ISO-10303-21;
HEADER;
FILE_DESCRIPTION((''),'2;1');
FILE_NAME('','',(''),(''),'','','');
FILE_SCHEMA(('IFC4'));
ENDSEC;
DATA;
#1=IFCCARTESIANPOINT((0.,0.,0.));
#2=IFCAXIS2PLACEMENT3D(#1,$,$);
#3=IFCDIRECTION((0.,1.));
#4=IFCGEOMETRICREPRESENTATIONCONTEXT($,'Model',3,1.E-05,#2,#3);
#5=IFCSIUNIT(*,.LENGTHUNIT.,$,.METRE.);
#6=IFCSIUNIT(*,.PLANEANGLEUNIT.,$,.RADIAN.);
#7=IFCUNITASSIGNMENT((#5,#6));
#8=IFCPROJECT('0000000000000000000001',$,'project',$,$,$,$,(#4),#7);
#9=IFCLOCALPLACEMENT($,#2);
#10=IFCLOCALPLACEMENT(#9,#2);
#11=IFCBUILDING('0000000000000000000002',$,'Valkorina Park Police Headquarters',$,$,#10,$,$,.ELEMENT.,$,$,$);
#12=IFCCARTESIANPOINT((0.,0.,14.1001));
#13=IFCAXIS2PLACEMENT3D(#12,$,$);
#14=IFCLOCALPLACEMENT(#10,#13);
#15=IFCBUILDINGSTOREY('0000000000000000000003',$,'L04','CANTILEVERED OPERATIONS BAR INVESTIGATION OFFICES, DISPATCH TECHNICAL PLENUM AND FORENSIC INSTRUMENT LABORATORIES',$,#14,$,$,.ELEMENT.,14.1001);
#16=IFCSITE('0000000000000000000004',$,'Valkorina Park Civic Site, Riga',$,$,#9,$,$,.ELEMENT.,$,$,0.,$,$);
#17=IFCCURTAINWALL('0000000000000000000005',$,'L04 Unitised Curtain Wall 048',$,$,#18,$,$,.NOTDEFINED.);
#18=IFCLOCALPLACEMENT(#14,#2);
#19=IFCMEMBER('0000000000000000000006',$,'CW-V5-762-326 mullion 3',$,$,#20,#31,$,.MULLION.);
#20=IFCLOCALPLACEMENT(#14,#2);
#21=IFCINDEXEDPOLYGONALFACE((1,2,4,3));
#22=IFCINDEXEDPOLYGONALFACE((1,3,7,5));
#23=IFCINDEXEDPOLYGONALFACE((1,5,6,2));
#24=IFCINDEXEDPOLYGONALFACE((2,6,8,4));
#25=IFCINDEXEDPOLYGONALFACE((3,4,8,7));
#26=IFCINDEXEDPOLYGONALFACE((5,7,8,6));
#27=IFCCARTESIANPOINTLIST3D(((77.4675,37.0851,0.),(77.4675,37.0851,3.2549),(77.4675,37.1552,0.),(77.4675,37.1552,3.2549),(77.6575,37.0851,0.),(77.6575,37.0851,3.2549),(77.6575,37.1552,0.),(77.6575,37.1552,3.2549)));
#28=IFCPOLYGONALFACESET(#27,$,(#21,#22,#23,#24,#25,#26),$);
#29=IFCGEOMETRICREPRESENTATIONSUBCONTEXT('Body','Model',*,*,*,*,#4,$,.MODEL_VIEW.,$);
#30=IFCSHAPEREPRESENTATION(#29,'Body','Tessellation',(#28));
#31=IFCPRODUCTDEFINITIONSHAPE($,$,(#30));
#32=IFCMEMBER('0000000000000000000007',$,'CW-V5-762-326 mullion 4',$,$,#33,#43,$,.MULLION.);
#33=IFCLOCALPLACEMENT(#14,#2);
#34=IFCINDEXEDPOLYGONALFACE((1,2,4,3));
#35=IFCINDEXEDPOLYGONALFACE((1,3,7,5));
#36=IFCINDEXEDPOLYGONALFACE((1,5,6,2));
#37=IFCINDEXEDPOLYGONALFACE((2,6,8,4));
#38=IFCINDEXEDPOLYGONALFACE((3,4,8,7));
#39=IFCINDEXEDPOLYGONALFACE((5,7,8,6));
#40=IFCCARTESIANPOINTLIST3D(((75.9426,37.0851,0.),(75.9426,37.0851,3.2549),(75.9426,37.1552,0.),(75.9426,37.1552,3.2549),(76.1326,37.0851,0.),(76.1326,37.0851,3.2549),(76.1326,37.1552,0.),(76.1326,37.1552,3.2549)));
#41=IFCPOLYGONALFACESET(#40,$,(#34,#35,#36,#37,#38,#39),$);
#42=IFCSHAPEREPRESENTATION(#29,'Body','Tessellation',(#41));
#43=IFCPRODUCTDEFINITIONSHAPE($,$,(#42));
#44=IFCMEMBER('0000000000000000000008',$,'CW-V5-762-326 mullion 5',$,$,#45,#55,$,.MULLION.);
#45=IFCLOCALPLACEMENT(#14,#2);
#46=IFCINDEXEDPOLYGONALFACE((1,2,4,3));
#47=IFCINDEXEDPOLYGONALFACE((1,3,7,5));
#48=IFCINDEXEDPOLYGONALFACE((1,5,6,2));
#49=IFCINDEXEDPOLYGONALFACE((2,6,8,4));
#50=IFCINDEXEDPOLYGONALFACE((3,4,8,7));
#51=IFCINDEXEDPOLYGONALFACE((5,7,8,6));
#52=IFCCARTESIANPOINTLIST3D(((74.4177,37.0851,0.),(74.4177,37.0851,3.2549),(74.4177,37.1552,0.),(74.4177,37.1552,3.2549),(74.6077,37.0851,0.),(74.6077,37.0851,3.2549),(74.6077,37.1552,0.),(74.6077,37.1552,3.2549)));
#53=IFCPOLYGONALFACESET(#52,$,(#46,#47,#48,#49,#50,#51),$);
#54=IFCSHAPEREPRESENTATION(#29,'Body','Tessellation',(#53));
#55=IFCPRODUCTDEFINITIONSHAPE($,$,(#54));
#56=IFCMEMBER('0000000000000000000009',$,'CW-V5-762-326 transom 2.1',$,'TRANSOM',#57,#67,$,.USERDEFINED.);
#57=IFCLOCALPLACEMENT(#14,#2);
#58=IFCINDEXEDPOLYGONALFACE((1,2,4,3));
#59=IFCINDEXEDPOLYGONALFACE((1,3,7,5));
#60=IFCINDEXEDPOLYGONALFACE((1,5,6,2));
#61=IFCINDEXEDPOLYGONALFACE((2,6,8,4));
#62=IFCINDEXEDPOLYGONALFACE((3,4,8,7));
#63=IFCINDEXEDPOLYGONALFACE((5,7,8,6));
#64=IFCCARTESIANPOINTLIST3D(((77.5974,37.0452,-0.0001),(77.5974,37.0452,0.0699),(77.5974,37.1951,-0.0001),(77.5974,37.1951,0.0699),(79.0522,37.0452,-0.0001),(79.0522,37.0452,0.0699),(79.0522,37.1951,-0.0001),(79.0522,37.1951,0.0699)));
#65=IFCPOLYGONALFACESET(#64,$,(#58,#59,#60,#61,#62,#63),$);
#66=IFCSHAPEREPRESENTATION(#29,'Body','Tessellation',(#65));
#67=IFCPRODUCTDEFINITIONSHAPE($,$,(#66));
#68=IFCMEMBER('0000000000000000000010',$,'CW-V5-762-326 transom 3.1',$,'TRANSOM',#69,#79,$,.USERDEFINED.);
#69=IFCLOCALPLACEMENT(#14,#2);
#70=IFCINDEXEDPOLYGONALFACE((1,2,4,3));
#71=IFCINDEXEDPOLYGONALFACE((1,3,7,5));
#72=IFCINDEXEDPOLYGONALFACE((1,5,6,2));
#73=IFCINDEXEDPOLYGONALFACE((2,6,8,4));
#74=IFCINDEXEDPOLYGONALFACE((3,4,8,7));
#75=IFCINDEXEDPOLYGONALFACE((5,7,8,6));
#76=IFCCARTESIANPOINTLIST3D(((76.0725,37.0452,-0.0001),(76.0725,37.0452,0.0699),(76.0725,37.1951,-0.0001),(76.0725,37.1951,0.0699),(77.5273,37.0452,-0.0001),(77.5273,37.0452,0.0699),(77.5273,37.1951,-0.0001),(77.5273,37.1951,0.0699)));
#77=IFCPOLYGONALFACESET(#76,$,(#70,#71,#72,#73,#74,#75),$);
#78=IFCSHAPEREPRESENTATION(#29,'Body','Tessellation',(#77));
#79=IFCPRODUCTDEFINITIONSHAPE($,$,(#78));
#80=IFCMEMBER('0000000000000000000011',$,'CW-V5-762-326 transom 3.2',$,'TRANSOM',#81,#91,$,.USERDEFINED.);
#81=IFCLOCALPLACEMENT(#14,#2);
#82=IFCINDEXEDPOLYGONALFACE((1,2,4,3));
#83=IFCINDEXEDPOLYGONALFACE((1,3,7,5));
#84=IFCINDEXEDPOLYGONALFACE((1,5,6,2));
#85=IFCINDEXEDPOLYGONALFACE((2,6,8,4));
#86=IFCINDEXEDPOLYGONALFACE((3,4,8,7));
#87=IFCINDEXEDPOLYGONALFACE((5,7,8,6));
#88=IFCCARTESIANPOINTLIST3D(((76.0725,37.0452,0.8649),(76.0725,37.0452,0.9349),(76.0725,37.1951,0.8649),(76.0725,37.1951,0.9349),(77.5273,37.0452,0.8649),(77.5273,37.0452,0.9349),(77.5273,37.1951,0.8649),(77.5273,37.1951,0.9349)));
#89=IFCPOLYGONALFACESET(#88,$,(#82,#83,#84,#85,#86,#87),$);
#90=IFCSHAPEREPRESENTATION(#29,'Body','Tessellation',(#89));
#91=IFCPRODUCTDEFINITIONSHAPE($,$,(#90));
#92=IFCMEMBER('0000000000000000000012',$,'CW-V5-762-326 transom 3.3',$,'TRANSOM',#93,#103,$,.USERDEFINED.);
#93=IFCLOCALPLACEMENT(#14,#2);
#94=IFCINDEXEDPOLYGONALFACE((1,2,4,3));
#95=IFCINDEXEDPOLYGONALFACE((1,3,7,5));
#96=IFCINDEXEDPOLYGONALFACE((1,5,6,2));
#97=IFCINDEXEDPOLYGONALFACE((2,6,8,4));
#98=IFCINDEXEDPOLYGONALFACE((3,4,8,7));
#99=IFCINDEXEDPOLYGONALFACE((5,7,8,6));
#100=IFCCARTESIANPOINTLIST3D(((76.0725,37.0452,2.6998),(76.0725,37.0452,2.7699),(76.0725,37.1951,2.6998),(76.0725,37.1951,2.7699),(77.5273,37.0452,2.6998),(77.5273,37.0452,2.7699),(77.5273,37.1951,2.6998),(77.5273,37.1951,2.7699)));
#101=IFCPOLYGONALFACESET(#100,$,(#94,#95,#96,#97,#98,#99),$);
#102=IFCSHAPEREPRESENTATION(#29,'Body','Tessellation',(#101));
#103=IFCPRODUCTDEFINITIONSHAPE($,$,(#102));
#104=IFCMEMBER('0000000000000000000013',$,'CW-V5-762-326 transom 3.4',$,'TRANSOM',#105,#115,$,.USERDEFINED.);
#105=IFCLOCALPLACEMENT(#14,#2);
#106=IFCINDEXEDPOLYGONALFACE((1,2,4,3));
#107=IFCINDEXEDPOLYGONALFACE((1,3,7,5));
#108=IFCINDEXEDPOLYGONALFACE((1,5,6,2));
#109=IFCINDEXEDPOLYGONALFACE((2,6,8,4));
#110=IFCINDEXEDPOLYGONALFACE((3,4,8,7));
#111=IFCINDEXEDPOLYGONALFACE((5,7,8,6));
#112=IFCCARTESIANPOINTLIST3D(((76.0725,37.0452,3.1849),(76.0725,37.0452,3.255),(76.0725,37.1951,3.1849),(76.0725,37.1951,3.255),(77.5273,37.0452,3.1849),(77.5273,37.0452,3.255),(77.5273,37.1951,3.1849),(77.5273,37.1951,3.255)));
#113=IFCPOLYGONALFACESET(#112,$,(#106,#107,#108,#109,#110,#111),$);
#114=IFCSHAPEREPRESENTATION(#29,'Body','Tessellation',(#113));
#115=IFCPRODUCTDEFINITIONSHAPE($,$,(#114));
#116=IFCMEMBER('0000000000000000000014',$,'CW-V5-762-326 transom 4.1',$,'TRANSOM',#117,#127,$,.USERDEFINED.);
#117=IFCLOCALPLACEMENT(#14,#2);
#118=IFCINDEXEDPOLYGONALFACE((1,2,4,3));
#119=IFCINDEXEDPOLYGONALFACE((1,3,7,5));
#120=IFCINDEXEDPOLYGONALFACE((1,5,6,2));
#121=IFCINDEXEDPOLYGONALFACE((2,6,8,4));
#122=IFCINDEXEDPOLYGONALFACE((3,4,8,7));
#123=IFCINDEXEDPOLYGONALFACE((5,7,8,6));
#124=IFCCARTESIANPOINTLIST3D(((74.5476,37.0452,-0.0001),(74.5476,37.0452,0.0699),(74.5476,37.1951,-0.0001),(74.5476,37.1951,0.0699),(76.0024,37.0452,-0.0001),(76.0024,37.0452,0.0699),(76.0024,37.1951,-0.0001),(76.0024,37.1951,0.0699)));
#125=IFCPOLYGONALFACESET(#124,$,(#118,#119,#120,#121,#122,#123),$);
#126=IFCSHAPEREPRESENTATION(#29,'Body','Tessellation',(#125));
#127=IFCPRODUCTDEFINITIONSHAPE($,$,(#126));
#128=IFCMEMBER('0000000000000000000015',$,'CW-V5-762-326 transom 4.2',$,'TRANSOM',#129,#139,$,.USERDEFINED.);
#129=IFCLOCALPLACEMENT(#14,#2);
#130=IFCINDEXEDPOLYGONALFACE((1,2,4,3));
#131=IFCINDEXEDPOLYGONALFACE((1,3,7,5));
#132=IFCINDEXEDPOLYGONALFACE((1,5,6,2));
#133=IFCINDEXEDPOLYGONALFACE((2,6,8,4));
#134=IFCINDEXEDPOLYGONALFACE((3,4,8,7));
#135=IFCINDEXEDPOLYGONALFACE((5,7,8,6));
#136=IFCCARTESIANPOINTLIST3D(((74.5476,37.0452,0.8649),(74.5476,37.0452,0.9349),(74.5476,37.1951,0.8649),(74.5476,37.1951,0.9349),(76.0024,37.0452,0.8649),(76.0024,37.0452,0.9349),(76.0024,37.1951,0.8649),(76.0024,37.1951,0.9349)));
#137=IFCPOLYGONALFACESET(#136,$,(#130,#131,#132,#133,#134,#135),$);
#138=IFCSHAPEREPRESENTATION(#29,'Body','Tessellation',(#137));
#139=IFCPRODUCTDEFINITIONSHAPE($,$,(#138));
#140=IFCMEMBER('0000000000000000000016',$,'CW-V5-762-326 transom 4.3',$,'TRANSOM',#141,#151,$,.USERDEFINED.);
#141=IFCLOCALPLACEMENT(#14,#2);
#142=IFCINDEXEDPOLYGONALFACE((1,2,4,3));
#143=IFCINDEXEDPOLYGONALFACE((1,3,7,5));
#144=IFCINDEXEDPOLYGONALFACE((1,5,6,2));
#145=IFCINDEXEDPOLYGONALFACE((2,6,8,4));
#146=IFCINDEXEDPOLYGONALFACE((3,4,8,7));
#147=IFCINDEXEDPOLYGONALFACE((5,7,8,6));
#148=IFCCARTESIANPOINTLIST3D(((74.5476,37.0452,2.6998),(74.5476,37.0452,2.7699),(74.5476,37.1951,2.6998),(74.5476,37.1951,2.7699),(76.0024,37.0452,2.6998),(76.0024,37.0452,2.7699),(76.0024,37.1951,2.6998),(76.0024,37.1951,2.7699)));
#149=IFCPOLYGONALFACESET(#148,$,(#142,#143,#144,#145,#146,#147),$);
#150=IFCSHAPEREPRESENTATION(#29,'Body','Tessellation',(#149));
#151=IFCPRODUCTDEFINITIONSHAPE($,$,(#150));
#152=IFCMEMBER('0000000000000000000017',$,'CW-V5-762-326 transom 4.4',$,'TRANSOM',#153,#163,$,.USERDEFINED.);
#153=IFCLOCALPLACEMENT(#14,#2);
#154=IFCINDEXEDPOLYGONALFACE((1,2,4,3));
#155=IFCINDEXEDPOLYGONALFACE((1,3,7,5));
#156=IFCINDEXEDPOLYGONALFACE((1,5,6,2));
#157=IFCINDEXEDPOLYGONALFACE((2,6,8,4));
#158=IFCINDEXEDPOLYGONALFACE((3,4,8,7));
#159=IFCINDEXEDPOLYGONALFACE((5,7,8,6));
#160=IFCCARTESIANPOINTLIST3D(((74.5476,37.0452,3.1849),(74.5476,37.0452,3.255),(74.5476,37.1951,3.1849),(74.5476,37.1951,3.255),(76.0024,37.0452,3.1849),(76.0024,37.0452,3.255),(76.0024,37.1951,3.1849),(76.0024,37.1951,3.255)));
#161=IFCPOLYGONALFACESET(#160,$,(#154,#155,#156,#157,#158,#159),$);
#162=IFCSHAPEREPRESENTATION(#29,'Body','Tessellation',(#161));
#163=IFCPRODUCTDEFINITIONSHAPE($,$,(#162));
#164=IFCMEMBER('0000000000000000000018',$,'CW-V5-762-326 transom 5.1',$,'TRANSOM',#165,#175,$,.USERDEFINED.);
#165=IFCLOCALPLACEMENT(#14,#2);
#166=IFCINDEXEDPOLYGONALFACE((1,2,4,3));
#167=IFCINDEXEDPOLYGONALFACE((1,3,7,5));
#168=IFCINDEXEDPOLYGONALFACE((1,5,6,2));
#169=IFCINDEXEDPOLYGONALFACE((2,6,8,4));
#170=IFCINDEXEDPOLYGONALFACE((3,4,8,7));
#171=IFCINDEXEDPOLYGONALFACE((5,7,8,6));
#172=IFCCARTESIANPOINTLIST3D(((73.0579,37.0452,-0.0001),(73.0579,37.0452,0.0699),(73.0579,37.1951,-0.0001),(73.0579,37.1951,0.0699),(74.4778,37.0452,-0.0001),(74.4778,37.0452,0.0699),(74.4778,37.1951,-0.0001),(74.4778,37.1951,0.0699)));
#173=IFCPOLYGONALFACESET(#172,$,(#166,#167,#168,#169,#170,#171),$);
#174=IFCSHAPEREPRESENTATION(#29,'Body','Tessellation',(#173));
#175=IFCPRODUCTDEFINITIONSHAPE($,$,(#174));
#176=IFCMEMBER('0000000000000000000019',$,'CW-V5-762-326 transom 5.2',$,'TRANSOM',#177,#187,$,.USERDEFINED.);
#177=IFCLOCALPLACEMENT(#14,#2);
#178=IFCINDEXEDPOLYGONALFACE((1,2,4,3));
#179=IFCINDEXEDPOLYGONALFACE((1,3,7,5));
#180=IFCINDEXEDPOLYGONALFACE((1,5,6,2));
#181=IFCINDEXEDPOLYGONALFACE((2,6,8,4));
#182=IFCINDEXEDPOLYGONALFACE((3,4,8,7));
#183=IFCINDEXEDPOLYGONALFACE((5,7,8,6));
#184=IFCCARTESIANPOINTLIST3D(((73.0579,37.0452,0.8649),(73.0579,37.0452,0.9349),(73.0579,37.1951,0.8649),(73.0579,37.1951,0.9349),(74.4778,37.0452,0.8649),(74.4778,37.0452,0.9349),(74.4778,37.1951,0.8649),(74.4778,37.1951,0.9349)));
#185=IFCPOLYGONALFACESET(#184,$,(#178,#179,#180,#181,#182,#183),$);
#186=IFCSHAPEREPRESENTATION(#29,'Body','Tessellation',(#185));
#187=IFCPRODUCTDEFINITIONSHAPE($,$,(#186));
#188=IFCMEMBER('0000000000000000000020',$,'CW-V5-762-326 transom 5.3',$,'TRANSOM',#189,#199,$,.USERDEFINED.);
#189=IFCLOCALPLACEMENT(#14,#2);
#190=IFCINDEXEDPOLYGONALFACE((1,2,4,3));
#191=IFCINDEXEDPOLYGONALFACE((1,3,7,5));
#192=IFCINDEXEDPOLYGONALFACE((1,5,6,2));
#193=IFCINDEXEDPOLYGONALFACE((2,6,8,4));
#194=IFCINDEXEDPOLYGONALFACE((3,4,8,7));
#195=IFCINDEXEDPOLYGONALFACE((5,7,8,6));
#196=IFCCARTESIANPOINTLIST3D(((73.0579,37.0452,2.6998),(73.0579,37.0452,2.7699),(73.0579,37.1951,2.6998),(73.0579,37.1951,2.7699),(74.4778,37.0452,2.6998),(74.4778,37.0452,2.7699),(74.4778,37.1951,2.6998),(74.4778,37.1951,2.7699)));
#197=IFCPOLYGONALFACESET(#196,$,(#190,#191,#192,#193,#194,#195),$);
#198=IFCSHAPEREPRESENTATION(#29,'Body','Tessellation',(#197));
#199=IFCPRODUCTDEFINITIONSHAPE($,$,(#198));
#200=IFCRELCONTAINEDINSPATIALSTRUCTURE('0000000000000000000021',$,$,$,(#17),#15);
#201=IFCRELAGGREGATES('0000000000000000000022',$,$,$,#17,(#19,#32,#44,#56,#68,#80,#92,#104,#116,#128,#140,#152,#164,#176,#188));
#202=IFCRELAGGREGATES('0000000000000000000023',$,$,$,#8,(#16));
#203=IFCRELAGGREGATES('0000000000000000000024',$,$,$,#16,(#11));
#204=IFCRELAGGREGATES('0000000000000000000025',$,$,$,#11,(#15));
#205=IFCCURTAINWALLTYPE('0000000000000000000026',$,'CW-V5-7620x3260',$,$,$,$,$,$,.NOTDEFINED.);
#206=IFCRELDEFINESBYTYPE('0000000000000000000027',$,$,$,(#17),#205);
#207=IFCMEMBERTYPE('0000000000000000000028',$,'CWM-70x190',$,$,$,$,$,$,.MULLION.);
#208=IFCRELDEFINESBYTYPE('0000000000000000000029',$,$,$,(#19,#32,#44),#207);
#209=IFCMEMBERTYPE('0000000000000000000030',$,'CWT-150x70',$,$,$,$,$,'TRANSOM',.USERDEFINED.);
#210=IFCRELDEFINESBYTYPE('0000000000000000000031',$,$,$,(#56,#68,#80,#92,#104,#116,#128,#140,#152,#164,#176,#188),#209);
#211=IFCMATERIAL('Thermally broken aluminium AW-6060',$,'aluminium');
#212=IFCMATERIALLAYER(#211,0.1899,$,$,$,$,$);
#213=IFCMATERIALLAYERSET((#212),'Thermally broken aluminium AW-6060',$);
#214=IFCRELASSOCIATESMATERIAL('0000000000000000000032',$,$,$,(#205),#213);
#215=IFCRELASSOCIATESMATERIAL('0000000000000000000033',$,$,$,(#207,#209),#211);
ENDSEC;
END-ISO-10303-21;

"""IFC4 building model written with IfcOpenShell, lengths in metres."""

from ifc_helpers import new_model, si_unit, direction, frame, origin, origin_2d, place, context, subcontext, project, spatial, rectangle, extrude, material, layer, layer_set, material_profile, profile_set, type_object, element, aggregate, save


model = new_model("IFC4")

# Units and contexts
model_context = context("Model", 3, precision=1e-05, world=origin(), true_north=direction((0.0, 1.0)))
body_context = subcontext(model_context, "Body", "Model", "MODEL_VIEW")
ifc_project = project(units=[si_unit("LENGTHUNIT", "METRE"), si_unit("PLANEANGLEUNIT", "RADIAN")], contexts=[model_context])

# Site, building, storey
site_placement = place(None, origin())
site = spatial("IfcSite", under=ifc_project, at=site_placement, Name="Valkorina Park Civic Site, Riga", CompositionType="ELEMENT", RefElevation=0.0)
building_placement = place(site_placement, origin())
building = spatial("IfcBuilding", under=site, at=building_placement, Name="Valkorina Park Police Headquarters", CompositionType="ELEMENT")
storey_placement = place(building_placement, frame((0.0, 0.0, 14.1001)))
storey = spatial("IfcBuildingStorey", under=building, at=storey_placement, Name="L04", Description="CANTILEVERED OPERATIONS BAR INVESTIGATION OFFICES, DISPATCH TECHNICAL PLENUM AND FORENSIC INSTRUMENT LABORATORIES", CompositionType="ELEMENT", Elevation=14.1001)

# Curtain wall, members
ifc_material_1 = material(Name="Thermally broken aluminium AW-6060", Category="aluminium")
ifc_layer_1 = layer(ifc_material_1, 0.1899)
ifc_layer_set_1 = layer_set([ifc_layer_1], Name="Thermally broken aluminium AW-6060")
curtain_wall_type = type_object("IfcCurtainWallType", Name="CW-V5-7620x3260", PredefinedType="NOTDEFINED", material=ifc_layer_set_1)
curtain_wall_placement = place(storey_placement, origin())
curtain_wall = element("IfcCurtainWall", 1, at=curtain_wall_placement, inside=storey, type_object=curtain_wall_type, Name="L04 Unitised Curtain Wall 048", PredefinedType="NOTDEFINED")
ifc_material_profile_1 = material_profile(ifc_material_1, rectangle(XDim=0.0701, YDim=0.1899, at=origin_2d()), Name="CWM-02 70x190")
ifc_profile_set_1 = profile_set([ifc_material_profile_1], Name="Thermally broken aluminium AW-6060")
member_type_1 = type_object("IfcMemberType", Name="CWM-70x190", PredefinedType="MULLION", material=ifc_profile_set_1)
member_1_placement = place(storey_placement, frame((77.5625, 37.1201, 0.0), z_axis=(0.0, 0.0, 1.0), x_axis=(0.0, -1.0, 0.0)))
member_1 = element("IfcMember", 2, at=member_1_placement, type_object=member_type_1, Name="CW-V5-762-326 mullion 3", PredefinedType="MULLION", context=body_context, shape_type="SweptSolid", body=[
    extrude(rectangle(XDim=0.0701, YDim=0.1899, at=origin_2d()), origin(), (0.0, 0.0, 1.0), 3.2549),
])
member_2_placement = place(storey_placement, frame((76.0376, 37.1201, 0.0), z_axis=(0.0, 0.0, 1.0), x_axis=(0.0, -1.0, 0.0)))
member_2 = element("IfcMember", 3, at=member_2_placement, type_object=member_type_1, Name="CW-V5-762-326 mullion 4", PredefinedType="MULLION", context=body_context, shape_type="SweptSolid", body=[
    extrude(rectangle(XDim=0.0701, YDim=0.1899, at=origin_2d()), origin(), (0.0, 0.0, 1.0), 3.2549),
])
member_3_placement = place(storey_placement, frame((74.5127, 37.1201, 0.0), z_axis=(0.0, 0.0, 1.0), x_axis=(0.0, -1.0, 0.0)))
member_3 = element("IfcMember", 4, at=member_3_placement, type_object=member_type_1, Name="CW-V5-762-326 mullion 5", PredefinedType="MULLION", context=body_context, shape_type="SweptSolid", body=[
    extrude(rectangle(XDim=0.0701, YDim=0.1899, at=origin_2d()), origin(), (0.0, 0.0, 1.0), 3.2549),
])
ifc_material_profile_2 = material_profile(ifc_material_1, rectangle(XDim=0.1499, YDim=0.0701, at=origin_2d()), Name="CWT-02 150x70")
ifc_profile_set_2 = profile_set([ifc_material_profile_2], Name="Thermally broken aluminium AW-6060")
member_type_2 = type_object("IfcMemberType", Name="CWT-150x70", ElementType="TRANSOM", PredefinedType="USERDEFINED", material=ifc_profile_set_2)
member_4_placement = place(storey_placement, frame((79.0522, 37.1201, 0.0349), z_axis=(-1.0, 0.0, 0.0), x_axis=(0.0, -1.0, 0.0)))
member_4 = element("IfcMember", 5, at=member_4_placement, type_object=member_type_2, Name="CW-V5-762-326 transom 2.1", ObjectType="TRANSOM", PredefinedType="USERDEFINED", context=body_context, shape_type="SweptSolid", body=[
    extrude(rectangle(XDim=0.1499, YDim=0.0701, at=origin_2d()), origin(), (0.0, 0.0, 1.0), 1.4548),
])
member_5_placement = place(storey_placement, frame((77.5273, 37.1201, 0.0349), z_axis=(-1.0, 0.0, 0.0), x_axis=(0.0, -1.0, 0.0)))
member_5 = element("IfcMember", 6, at=member_5_placement, type_object=member_type_2, Name="CW-V5-762-326 transom 3.1", ObjectType="TRANSOM", PredefinedType="USERDEFINED", context=body_context, shape_type="SweptSolid", body=[
    extrude(rectangle(XDim=0.1499, YDim=0.0701, at=origin_2d()), origin(), (0.0, 0.0, 1.0), 1.4548),
])
member_6_placement = place(storey_placement, frame((77.5273, 37.1201, 0.8999), z_axis=(-1.0, 0.0, 0.0), x_axis=(0.0, -1.0, 0.0)))
member_6 = element("IfcMember", 7, at=member_6_placement, type_object=member_type_2, Name="CW-V5-762-326 transom 3.2", ObjectType="TRANSOM", PredefinedType="USERDEFINED", context=body_context, shape_type="SweptSolid", body=[
    extrude(rectangle(XDim=0.1499, YDim=0.0701, at=origin_2d()), origin(), (0.0, 0.0, 1.0), 1.4548),
])
member_7_placement = place(storey_placement, frame((77.5273, 37.1201, 2.7349), z_axis=(-1.0, 0.0, 0.0), x_axis=(0.0, -1.0, 0.0)))
member_7 = element("IfcMember", 8, at=member_7_placement, type_object=member_type_2, Name="CW-V5-762-326 transom 3.3", ObjectType="TRANSOM", PredefinedType="USERDEFINED", context=body_context, shape_type="SweptSolid", body=[
    extrude(rectangle(XDim=0.1499, YDim=0.0701, at=origin_2d()), origin(), (0.0, 0.0, 1.0), 1.4548),
])
member_8_placement = place(storey_placement, frame((77.5273, 37.1201, 3.22), z_axis=(-1.0, 0.0, 0.0), x_axis=(0.0, -1.0, 0.0)))
member_8 = element("IfcMember", 9, at=member_8_placement, type_object=member_type_2, Name="CW-V5-762-326 transom 3.4", ObjectType="TRANSOM", PredefinedType="USERDEFINED", context=body_context, shape_type="SweptSolid", body=[
    extrude(rectangle(XDim=0.1499, YDim=0.0701, at=origin_2d()), origin(), (0.0, 0.0, 1.0), 1.4548),
])
member_9_placement = place(storey_placement, frame((76.0024, 37.1201, 0.0349), z_axis=(-1.0, 0.0, 0.0), x_axis=(0.0, -1.0, 0.0)))
member_9 = element("IfcMember", 10, at=member_9_placement, type_object=member_type_2, Name="CW-V5-762-326 transom 4.1", ObjectType="TRANSOM", PredefinedType="USERDEFINED", context=body_context, shape_type="SweptSolid", body=[
    extrude(rectangle(XDim=0.1499, YDim=0.0701, at=origin_2d()), origin(), (0.0, 0.0, 1.0), 1.4548),
])
member_10_placement = place(storey_placement, frame((76.0024, 37.1201, 0.8999), z_axis=(-1.0, 0.0, 0.0), x_axis=(0.0, -1.0, 0.0)))
member_10 = element("IfcMember", 11, at=member_10_placement, type_object=member_type_2, Name="CW-V5-762-326 transom 4.2", ObjectType="TRANSOM", PredefinedType="USERDEFINED", context=body_context, shape_type="SweptSolid", body=[
    extrude(rectangle(XDim=0.1499, YDim=0.0701, at=origin_2d()), origin(), (0.0, 0.0, 1.0), 1.4548),
])
member_11_placement = place(storey_placement, frame((76.0024, 37.1201, 2.7349), z_axis=(-1.0, 0.0, 0.0), x_axis=(0.0, -1.0, 0.0)))
member_11 = element("IfcMember", 12, at=member_11_placement, type_object=member_type_2, Name="CW-V5-762-326 transom 4.3", ObjectType="TRANSOM", PredefinedType="USERDEFINED", context=body_context, shape_type="SweptSolid", body=[
    extrude(rectangle(XDim=0.1499, YDim=0.0701, at=origin_2d()), origin(), (0.0, 0.0, 1.0), 1.4548),
])
member_12_placement = place(storey_placement, frame((76.0024, 37.1201, 3.22), z_axis=(-1.0, 0.0, 0.0), x_axis=(0.0, -1.0, 0.0)))
member_12 = element("IfcMember", 13, at=member_12_placement, type_object=member_type_2, Name="CW-V5-762-326 transom 4.4", ObjectType="TRANSOM", PredefinedType="USERDEFINED", context=body_context, shape_type="SweptSolid", body=[
    extrude(rectangle(XDim=0.1499, YDim=0.0701, at=origin_2d()), origin(), (0.0, 0.0, 1.0), 1.4548),
])
member_13_placement = place(storey_placement, frame((74.4778, 37.1201, 0.0349), z_axis=(-1.0, 0.0, 0.0), x_axis=(0.0, -1.0, 0.0)))
member_13 = element("IfcMember", 14, at=member_13_placement, type_object=member_type_2, Name="CW-V5-762-326 transom 5.1", ObjectType="TRANSOM", PredefinedType="USERDEFINED", context=body_context, shape_type="SweptSolid", body=[
    extrude(rectangle(XDim=0.1499, YDim=0.0701, at=origin_2d()), origin(), (0.0, 0.0, 1.0), 1.4199),
])
member_14_placement = place(storey_placement, frame((74.4778, 37.1201, 0.8999), z_axis=(-1.0, 0.0, 0.0), x_axis=(0.0, -1.0, 0.0)))
member_14 = element("IfcMember", 15, at=member_14_placement, type_object=member_type_2, Name="CW-V5-762-326 transom 5.2", ObjectType="TRANSOM", PredefinedType="USERDEFINED", context=body_context, shape_type="SweptSolid", body=[
    extrude(rectangle(XDim=0.1499, YDim=0.0701, at=origin_2d()), origin(), (0.0, 0.0, 1.0), 1.4199),
])
member_15_placement = place(storey_placement, frame((74.4778, 37.1201, 2.7349), z_axis=(-1.0, 0.0, 0.0), x_axis=(0.0, -1.0, 0.0)))
member_15 = element("IfcMember", 16, at=member_15_placement, type_object=member_type_2, Name="CW-V5-762-326 transom 5.3", ObjectType="TRANSOM", PredefinedType="USERDEFINED", context=body_context, shape_type="SweptSolid", body=[
    extrude(rectangle(XDim=0.1499, YDim=0.0701, at=origin_2d()), origin(), (0.0, 0.0, 1.0), 1.4199),
])
aggregate(curtain_wall, [member_1, member_2, member_3, member_4, member_5, member_6, member_7, member_8, member_9, member_10, member_11, member_12, member_13, member_14, member_15])

save(model, "model.ifc")
